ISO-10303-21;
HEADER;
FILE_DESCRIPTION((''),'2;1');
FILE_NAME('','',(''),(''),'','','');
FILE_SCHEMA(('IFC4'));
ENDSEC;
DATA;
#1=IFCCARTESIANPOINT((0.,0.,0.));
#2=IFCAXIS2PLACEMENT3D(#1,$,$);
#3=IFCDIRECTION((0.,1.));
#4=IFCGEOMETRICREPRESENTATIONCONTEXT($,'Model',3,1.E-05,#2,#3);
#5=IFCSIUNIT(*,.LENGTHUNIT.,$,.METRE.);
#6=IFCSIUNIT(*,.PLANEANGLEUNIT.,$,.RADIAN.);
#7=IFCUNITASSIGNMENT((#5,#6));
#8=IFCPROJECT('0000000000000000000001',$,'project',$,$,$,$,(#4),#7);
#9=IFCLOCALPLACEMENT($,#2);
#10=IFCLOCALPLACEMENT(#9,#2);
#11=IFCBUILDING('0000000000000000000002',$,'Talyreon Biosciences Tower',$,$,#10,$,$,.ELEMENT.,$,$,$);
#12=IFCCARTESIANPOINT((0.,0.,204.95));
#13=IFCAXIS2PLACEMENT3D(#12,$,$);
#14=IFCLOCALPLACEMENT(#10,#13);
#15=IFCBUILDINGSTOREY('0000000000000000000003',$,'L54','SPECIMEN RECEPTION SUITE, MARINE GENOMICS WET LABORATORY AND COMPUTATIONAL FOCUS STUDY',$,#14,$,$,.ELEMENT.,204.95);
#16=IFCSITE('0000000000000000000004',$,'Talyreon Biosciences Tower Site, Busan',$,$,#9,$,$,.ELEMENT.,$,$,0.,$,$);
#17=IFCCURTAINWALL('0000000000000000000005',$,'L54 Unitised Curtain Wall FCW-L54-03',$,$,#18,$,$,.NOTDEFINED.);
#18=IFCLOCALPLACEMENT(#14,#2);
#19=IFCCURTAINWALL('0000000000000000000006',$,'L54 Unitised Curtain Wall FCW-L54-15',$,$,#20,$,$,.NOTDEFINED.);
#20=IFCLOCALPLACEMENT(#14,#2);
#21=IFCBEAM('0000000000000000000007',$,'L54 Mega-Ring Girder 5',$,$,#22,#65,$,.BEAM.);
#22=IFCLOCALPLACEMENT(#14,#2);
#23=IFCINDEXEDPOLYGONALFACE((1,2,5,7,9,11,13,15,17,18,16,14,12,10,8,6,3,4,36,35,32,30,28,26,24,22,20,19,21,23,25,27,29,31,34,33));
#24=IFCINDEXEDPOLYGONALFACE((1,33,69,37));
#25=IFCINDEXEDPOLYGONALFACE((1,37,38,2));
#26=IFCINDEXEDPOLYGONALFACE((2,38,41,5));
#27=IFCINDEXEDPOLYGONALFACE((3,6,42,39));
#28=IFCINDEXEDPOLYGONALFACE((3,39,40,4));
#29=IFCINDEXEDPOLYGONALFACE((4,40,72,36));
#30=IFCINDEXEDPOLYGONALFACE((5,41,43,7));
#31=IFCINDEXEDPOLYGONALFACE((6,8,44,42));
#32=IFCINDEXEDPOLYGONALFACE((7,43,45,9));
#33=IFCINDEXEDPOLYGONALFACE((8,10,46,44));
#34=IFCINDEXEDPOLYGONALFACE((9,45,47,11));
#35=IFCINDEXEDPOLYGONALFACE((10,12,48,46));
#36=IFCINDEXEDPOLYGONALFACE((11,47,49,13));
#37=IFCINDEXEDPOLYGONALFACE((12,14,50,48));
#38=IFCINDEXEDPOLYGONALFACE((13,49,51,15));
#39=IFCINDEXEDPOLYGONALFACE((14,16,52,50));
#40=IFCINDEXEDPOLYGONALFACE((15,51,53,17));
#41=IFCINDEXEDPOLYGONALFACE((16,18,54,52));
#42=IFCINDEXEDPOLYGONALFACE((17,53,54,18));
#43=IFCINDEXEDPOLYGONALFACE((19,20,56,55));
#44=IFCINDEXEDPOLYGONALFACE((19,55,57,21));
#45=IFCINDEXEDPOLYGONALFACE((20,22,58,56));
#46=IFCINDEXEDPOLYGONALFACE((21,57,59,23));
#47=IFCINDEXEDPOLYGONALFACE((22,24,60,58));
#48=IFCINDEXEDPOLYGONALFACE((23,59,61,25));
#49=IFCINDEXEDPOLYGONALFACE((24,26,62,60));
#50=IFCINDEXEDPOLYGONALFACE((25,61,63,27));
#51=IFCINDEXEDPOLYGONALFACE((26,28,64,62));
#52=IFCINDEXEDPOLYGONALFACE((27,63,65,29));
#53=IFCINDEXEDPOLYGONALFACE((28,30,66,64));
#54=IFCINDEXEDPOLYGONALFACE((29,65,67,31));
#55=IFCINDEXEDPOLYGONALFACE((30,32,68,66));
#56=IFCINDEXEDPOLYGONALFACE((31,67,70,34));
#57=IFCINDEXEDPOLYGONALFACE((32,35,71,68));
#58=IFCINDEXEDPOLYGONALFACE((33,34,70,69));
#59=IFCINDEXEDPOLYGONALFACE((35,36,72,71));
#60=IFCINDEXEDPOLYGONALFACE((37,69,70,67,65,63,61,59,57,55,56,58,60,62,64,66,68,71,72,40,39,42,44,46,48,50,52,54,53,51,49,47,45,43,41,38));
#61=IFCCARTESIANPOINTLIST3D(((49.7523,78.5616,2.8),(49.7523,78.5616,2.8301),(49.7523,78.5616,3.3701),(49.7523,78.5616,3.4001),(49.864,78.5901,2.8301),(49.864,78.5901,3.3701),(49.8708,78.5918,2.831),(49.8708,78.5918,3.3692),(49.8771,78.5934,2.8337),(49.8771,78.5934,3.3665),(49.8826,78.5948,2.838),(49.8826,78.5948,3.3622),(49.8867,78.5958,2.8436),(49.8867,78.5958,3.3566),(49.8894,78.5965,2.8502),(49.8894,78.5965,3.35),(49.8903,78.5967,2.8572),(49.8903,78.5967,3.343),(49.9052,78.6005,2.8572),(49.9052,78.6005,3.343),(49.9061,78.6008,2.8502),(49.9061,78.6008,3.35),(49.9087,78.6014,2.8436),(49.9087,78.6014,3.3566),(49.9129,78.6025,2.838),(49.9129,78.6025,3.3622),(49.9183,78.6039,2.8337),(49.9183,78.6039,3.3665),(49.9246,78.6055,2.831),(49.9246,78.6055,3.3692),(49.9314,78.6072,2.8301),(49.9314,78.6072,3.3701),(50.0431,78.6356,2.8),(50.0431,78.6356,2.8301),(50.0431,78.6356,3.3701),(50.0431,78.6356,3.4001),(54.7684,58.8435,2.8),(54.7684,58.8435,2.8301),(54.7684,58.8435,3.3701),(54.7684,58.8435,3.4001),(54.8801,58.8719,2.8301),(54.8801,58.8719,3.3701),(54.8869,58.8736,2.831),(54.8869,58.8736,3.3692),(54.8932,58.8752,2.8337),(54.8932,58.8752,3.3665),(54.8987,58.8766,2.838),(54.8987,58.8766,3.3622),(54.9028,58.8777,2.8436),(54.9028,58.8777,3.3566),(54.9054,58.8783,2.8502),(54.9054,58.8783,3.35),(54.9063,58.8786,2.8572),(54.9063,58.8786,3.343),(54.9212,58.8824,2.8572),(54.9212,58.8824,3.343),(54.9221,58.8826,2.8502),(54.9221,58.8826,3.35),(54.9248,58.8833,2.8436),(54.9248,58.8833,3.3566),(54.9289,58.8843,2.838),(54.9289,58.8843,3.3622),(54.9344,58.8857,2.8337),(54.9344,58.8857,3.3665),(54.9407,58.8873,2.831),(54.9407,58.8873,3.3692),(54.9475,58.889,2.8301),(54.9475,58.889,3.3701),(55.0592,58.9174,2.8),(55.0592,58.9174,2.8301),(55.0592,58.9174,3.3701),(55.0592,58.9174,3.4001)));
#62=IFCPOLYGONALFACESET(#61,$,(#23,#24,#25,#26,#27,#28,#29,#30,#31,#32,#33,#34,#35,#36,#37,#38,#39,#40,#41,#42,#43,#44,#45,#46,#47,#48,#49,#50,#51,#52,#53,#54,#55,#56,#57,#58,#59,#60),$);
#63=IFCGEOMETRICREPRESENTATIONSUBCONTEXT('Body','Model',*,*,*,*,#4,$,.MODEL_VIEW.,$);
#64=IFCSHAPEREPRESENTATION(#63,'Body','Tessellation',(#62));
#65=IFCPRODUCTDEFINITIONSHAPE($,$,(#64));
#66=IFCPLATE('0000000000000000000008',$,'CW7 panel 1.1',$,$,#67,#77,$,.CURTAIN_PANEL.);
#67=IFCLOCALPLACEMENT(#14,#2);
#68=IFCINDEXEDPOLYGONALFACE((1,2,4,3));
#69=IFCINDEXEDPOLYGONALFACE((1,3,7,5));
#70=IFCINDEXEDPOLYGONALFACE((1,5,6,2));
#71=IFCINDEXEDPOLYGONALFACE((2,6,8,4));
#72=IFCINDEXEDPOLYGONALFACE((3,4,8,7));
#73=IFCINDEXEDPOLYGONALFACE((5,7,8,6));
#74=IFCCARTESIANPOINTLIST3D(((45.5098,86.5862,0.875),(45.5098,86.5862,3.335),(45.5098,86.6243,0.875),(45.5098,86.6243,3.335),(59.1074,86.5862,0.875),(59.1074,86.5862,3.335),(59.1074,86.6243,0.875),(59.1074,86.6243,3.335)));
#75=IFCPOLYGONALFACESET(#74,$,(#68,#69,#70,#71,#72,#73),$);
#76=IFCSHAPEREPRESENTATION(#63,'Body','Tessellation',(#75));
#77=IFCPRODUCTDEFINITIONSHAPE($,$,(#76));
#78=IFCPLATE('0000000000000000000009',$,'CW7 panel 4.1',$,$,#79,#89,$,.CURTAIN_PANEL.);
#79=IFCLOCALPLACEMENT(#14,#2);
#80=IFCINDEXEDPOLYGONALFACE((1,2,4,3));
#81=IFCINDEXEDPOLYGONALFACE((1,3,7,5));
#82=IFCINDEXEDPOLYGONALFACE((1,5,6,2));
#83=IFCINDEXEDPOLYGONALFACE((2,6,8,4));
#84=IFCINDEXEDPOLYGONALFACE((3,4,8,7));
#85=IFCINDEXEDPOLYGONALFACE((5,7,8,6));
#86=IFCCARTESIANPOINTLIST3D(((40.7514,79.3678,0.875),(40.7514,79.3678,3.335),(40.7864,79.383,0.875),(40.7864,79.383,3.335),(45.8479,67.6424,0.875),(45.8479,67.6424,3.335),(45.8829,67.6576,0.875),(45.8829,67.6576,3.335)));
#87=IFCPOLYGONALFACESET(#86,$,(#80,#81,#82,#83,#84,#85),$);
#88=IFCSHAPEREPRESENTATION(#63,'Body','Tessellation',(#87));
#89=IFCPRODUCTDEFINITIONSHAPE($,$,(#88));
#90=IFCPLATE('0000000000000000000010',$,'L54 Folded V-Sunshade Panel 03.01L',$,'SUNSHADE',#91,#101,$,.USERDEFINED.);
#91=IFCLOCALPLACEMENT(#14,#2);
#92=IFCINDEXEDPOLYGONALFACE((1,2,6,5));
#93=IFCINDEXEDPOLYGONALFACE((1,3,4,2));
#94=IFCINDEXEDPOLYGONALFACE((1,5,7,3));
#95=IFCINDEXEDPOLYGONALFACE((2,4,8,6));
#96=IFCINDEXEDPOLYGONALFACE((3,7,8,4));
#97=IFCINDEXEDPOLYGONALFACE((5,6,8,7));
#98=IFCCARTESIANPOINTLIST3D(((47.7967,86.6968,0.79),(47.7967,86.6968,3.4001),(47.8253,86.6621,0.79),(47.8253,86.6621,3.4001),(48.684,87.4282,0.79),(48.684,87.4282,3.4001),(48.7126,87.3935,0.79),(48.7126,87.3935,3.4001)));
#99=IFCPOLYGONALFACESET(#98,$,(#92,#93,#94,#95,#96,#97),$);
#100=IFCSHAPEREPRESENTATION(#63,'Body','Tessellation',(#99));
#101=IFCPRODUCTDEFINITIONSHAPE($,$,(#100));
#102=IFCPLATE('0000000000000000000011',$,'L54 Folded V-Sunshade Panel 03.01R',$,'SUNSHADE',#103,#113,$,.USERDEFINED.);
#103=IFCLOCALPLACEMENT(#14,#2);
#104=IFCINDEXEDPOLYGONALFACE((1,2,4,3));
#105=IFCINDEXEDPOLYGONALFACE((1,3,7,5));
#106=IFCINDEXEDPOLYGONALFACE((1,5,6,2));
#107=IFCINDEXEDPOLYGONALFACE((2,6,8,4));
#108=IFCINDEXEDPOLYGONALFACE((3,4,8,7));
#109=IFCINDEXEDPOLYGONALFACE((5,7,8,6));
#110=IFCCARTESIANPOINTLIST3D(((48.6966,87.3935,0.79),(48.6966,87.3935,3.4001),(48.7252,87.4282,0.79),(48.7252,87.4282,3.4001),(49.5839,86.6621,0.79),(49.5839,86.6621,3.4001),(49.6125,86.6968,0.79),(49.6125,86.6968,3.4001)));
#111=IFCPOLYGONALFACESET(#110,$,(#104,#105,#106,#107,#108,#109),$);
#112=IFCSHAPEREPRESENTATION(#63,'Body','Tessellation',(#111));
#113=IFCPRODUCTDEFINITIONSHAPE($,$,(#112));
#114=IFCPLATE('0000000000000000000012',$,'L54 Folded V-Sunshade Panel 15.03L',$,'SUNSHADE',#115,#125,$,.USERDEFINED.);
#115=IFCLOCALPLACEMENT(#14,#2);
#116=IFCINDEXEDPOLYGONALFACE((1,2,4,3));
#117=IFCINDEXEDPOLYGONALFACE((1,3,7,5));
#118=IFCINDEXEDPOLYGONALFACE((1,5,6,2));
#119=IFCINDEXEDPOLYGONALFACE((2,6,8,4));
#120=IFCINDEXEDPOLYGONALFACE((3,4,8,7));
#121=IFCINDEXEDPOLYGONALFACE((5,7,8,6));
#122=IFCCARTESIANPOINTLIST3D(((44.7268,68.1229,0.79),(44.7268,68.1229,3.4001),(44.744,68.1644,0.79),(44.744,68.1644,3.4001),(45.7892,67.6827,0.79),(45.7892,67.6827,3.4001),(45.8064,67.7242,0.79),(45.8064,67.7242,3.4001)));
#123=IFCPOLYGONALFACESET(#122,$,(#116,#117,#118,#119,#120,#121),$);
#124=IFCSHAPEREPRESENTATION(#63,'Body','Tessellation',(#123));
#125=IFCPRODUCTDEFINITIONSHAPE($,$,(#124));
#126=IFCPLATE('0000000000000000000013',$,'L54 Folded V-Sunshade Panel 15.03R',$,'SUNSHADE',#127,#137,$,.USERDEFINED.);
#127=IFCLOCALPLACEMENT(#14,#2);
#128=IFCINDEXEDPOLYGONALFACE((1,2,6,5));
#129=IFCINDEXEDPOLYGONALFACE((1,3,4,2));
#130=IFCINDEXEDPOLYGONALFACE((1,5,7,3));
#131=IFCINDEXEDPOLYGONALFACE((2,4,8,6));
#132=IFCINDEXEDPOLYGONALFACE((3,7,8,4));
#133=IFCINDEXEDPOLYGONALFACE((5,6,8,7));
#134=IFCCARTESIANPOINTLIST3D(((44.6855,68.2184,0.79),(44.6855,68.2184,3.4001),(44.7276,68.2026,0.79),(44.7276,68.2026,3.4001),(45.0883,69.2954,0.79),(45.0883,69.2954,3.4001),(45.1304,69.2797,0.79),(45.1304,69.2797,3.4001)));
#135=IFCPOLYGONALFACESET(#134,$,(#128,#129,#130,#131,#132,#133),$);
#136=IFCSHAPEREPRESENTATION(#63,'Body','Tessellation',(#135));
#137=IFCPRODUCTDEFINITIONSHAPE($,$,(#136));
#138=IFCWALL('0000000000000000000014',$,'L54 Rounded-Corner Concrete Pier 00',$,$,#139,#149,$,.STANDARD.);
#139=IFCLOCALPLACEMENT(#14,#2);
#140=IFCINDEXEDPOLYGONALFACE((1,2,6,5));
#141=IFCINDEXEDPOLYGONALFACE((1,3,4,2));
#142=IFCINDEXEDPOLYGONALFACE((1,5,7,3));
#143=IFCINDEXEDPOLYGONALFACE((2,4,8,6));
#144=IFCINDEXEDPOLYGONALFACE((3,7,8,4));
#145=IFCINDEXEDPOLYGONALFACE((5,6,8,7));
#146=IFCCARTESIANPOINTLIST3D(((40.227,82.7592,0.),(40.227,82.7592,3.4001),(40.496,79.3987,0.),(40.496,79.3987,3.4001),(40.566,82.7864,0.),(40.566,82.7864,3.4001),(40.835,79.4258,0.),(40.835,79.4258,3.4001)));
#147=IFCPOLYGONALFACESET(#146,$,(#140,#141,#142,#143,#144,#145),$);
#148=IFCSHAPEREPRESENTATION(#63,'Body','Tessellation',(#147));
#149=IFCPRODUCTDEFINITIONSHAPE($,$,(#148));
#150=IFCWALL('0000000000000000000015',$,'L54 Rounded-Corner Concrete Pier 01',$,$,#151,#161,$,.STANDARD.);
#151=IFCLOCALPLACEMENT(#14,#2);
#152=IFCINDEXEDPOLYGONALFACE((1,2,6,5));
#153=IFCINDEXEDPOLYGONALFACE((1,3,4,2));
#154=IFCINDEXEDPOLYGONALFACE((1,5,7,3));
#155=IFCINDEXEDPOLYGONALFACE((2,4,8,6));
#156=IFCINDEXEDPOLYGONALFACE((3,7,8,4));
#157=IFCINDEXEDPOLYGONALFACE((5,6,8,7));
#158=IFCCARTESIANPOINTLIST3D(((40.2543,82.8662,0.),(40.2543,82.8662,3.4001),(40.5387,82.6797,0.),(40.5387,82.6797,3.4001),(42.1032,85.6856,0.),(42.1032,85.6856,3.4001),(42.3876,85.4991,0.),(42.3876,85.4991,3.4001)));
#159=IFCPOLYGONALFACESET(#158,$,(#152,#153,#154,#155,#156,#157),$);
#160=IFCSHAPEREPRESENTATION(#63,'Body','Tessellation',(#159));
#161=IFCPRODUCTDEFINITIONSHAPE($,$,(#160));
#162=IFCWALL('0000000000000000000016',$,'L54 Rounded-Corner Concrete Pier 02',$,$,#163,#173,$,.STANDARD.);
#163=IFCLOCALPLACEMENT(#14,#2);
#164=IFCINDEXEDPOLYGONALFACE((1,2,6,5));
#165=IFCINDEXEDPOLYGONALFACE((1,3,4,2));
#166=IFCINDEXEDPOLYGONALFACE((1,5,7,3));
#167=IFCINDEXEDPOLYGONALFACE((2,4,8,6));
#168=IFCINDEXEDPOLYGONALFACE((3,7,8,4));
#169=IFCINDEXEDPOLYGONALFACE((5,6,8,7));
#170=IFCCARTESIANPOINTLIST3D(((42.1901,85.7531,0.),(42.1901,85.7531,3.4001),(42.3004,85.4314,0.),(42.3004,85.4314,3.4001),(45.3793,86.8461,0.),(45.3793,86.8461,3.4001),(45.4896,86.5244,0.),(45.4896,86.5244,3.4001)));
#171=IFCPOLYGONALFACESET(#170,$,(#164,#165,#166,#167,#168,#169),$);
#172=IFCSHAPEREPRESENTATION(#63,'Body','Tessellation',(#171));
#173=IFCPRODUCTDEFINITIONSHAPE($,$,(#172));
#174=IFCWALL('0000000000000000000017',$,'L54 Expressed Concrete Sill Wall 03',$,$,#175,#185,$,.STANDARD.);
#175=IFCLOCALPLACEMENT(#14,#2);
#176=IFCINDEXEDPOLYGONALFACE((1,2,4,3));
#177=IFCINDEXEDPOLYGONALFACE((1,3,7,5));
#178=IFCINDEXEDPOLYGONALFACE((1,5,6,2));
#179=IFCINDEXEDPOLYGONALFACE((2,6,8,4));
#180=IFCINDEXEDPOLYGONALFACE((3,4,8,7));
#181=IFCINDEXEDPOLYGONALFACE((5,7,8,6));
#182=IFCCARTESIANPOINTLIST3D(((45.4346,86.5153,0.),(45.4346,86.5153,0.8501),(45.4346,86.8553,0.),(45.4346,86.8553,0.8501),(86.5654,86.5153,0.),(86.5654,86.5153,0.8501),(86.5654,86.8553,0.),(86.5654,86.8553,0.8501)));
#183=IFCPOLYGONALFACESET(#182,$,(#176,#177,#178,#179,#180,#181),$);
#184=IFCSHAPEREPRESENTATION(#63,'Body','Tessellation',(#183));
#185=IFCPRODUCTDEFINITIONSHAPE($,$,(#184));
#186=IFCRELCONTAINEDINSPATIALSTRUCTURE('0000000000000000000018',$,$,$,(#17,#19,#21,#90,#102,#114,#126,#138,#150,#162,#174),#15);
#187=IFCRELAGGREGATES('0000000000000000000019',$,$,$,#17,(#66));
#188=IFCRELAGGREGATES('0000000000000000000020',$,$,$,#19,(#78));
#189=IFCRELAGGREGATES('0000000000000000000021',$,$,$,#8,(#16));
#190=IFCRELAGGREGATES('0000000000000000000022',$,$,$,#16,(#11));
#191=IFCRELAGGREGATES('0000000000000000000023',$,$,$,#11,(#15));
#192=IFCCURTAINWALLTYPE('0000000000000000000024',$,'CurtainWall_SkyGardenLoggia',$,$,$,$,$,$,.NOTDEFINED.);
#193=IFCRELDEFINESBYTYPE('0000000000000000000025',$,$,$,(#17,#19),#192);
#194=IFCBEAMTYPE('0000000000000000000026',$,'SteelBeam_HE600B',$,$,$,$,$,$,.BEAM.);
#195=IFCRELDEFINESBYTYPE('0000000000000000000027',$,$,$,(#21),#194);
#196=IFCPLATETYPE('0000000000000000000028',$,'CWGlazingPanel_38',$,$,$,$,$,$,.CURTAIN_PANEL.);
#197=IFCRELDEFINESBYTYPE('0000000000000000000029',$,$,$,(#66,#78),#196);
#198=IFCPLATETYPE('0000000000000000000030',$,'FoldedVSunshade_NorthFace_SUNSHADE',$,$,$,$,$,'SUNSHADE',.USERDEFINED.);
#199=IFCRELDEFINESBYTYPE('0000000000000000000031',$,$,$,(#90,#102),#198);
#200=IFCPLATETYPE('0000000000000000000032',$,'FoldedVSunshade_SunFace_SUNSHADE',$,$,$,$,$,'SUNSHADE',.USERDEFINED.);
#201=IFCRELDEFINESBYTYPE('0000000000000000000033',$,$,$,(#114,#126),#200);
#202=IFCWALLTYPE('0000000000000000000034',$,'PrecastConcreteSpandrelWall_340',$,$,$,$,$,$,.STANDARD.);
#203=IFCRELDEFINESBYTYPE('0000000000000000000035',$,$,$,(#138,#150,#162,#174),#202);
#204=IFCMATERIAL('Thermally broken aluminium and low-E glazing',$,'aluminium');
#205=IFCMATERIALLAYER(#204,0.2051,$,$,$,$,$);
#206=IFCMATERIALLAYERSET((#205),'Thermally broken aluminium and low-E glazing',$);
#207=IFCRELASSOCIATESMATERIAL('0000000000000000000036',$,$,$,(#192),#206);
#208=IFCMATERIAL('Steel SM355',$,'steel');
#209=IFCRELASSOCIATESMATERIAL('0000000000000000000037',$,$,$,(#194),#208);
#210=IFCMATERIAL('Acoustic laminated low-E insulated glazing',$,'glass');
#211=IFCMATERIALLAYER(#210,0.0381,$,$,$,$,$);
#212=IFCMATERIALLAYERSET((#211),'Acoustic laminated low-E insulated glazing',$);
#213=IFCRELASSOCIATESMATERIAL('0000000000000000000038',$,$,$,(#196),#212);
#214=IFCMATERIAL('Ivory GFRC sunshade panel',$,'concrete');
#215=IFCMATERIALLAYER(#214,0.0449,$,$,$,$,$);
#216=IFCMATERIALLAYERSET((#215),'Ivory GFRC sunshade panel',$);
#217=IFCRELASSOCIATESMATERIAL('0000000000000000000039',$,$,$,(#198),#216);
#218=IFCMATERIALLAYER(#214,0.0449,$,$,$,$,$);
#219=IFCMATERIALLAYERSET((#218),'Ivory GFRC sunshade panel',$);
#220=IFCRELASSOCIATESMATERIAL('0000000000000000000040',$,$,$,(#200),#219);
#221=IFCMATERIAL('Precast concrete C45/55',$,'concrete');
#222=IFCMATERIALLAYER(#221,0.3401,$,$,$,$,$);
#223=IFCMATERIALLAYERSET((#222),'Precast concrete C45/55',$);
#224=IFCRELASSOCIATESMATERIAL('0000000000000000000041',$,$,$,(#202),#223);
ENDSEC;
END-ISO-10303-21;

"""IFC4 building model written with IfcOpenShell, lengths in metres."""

from ifc_helpers import new_model, si_unit, direction, frame, frame_2d, origin, origin_2d, place, context, subcontext, project, spatial, rectangle, i_section, extrude, material, layer, layer_set, material_profile, profile_set, type_object, element, aggregate, save


model = new_model("IFC4")

# Units and contexts
model_context = context("Model", 3, precision=1e-05, world=origin(), true_north=direction((0.0, 1.0)))
body_context = subcontext(model_context, "Body", "Model", "MODEL_VIEW")
ifc_project = project(units=[si_unit("LENGTHUNIT", "METRE"), si_unit("PLANEANGLEUNIT", "RADIAN")], contexts=[model_context])

# Site, building, storey
site_placement = place(None, origin())
site = spatial("IfcSite", under=ifc_project, at=site_placement, Name="Talyreon Biosciences Tower Site, Busan", CompositionType="ELEMENT", RefElevation=0.0)
building_placement = place(site_placement, origin())
building = spatial("IfcBuilding", under=site, at=building_placement, Name="Talyreon Biosciences Tower", CompositionType="ELEMENT")
storey_placement = place(building_placement, frame((0.0, 0.0, 204.95)))
storey = spatial("IfcBuildingStorey", under=building, at=storey_placement, Name="L54", Description="SPECIMEN RECEPTION SUITE, MARINE GENOMICS WET LABORATORY AND COMPUTATIONAL FOCUS STUDY", CompositionType="ELEMENT", Elevation=204.95)

# Curtain wall
ifc_material_1 = material(Name="Thermally broken aluminium and low-E glazing", Category="aluminium")
ifc_layer_1 = layer(ifc_material_1, 0.2051)
ifc_layer_set_1 = layer_set([ifc_layer_1], Name="Thermally broken aluminium and low-E glazing")
curtain_wall_type = type_object("IfcCurtainWallType", Name="CurtainWall_SkyGardenLoggia", PredefinedType="NOTDEFINED", material=ifc_layer_set_1)
curtain_wall_1_placement = place(storey_placement, origin())
curtain_wall_1 = element("IfcCurtainWall", 1, at=curtain_wall_1_placement, inside=storey, type_object=curtain_wall_type, Name="L54 Unitised Curtain Wall FCW-L54-03", PredefinedType="NOTDEFINED")

# Curtain wall
curtain_wall_2_placement = place(storey_placement, origin())
curtain_wall_2 = element("IfcCurtainWall", 2, at=curtain_wall_2_placement, inside=storey, type_object=curtain_wall_type, Name="L54 Unitised Curtain Wall FCW-L54-15", PredefinedType="NOTDEFINED")

# Beam
ifc_material_2 = material(Name="Precast concrete C45/55", Category="concrete")
ifc_material_3 = material(Name="Steel SM355", Category="steel")
ifc_material_profile_1 = material_profile(ifc_material_3, i_section(OverallWidth=0.3, OverallDepth=0.6001, WebThickness=0.0154, FlangeThickness=0.03, FilletRadius=0.0271, at=origin_2d()), Name="HE600B")
ifc_profile_set_1 = profile_set([ifc_material_profile_1], Name="Steel SM355")
beam_type_1 = type_object("IfcBeamType", Name="SteelBeam_HE600B", PredefinedType="BEAM", material=ifc_profile_set_1)
beam_1_placement = place(storey_placement, frame((49.8977, 78.5986, 3.1001), z_axis=(0.246537, -0.969133, 0.0), x_axis=(0.969133, 0.246537, 0.0)))
element("IfcBeam", 3, at=beam_1_placement, inside=storey, type_object=beam_type_1, Name="L54 Mega-Ring Girder 5", PredefinedType="BEAM", context=body_context, shape_type="SweptSolid", body=[
    extrude(i_section(OverallWidth=0.3, OverallDepth=0.6001, WebThickness=0.0154, FlangeThickness=0.03, FilletRadius=0.0271, at=origin_2d()), origin(), (0.0, 0.0, 1.0), 20.3462),
])

# Plates
ifc_material_4 = material(Name="Acoustic laminated low-E insulated glazing", Category="glass")
ifc_layer_2 = layer(ifc_material_4, 0.0381)
ifc_layer_set_2 = layer_set([ifc_layer_2], Name="Acoustic laminated low-E insulated glazing")
plate_type_1 = type_object("IfcPlateType", Name="CWGlazingPanel_38", PredefinedType="CURTAIN_PANEL", material=ifc_layer_set_2)
plate_1_placement = place(storey_placement, frame((52.3086, 86.6052, 0.875), z_axis=(0.0, 0.0, 1.0), x_axis=(1.0, 0.0, 0.0)))
plate_1 = element("IfcPlate", 4, at=plate_1_placement, type_object=plate_type_1, Name="CW7 panel 1.1", PredefinedType="CURTAIN_PANEL", context=body_context, shape_type="SweptSolid", body=[
    extrude(rectangle(XDim=13.5977, YDim=0.0381, at=origin_2d()), origin(), (0.0, 0.0, 1.0), 2.46),
])
aggregate(curtain_wall_1, [plate_1])
plate_2_placement = place(storey_placement, frame((43.3171, 73.5127, 0.875), z_axis=(0.0, 0.0, 1.0), x_axis=(-0.398626, 0.917113, 0.0)))
plate_2 = element("IfcPlate", 5, at=plate_2_placement, type_object=plate_type_1, Name="CW7 panel 4.1", PredefinedType="CURTAIN_PANEL", context=body_context, shape_type="SweptSolid", body=[
    extrude(rectangle(XDim=12.7852, YDim=0.0381, at=origin_2d()), origin(), (0.0, 0.0, 1.0), 2.46),
])
aggregate(curtain_wall_2, [plate_2])

# Plates
ifc_material_5 = material(Name="Ivory GFRC sunshade panel", Category="concrete")
ifc_layer_3 = layer(ifc_material_5, 0.0449)
ifc_layer_set_3 = layer_set([ifc_layer_3], Name="Ivory GFRC sunshade panel")
plate_type_2 = type_object("IfcPlateType", Name="FoldedVSunshade_NorthFace_SUNSHADE", ElementType="SUNSHADE", PredefinedType="USERDEFINED", material=ifc_layer_set_3)
for number, where, z_axis, x_axis, name in (
    (6, (48.2546, 87.0452, 0.79), (0.0, 0.0, 1.0), (0.771625, 0.636078, 0.0), "L54 Folded V-Sunshade Panel 03.01L"),
    (7, (49.1545, 87.0452, 0.79), (0.0, 0.0, 1.0), (0.771625, -0.636078, 0.0), "L54 Folded V-Sunshade Panel 03.01R"),
):
    element("IfcPlate", number, at=place(storey_placement, frame(where, z_axis=z_axis, x_axis=x_axis)), inside=storey, type_object=plate_type_2, Name=name, ObjectType="SUNSHADE", PredefinedType="USERDEFINED", context=body_context, shape_type="SweptSolid", body=[
        extrude(rectangle(XDim=1.1499, YDim=0.0449, at=origin_2d()), origin(), (0.0, 0.0, 1.0), 2.6101),
    ])
ifc_layer_4 = layer(ifc_material_5, 0.0449)
ifc_layer_set_4 = layer_set([ifc_layer_4], Name="Ivory GFRC sunshade panel")
plate_type_3 = type_object("IfcPlateType", Name="FoldedVSunshade_SunFace_SUNSHADE", ElementType="SUNSHADE", PredefinedType="USERDEFINED", material=ifc_layer_set_4)
for number, where, z_axis, x_axis, name in (
    (8, (45.2666, 67.9236, 0.79), (0.0, 0.0, 1.0), (-0.923826, 0.382812, 0.0), "L54 Folded V-Sunshade Panel 15.03L"),
    (9, (44.908, 68.749, 0.79), (0.0, 0.0, 1.0), (0.350338, 0.936623, 0.0), "L54 Folded V-Sunshade Panel 15.03R"),
):
    element("IfcPlate", number, at=place(storey_placement, frame(where, z_axis=z_axis, x_axis=x_axis)), inside=storey, type_object=plate_type_3, Name=name, ObjectType="SUNSHADE", PredefinedType="USERDEFINED", context=body_context, shape_type="SweptSolid", body=[
        extrude(rectangle(XDim=1.1499, YDim=0.0449, at=origin_2d()), origin(), (0.0, 0.0, 1.0), 2.6101),
    ])

# Walls
ifc_layer_5 = layer(ifc_material_2, 0.3401)
ifc_layer_set_5 = layer_set([ifc_layer_5], Name="Precast concrete C45/55")
wall_type = type_object("IfcWallType", Name="PrecastConcreteSpandrelWall_340", PredefinedType="STANDARD", material=ifc_layer_set_5)
wall_1_placement = place(storey_placement, frame((40.6655, 79.4124, 0.0), z_axis=(0.0, 0.0, 1.0), x_axis=(-0.079803, 0.996811, 0.0)))
element("IfcWall", 10, at=wall_1_placement, inside=storey, type_object=wall_type, Name="L54 Rounded-Corner Concrete Pier 00", PredefinedType="STANDARD", context=body_context, shape_type="SweptSolid", body=[
    extrude(rectangle(XDim=3.3713, YDim=0.3401, at=frame_2d((1.6855, 0.0))), origin(), (0.0, 0.0, 1.0), 3.4001),
])
wall_2_placement = place(storey_placement, frame((40.3965, 82.7729, 0.0), z_axis=(0.0, 0.0, 1.0), x_axis=(0.548384, 0.836226, 0.0)))
element("IfcWall", 11, at=wall_2_placement, inside=storey, type_object=wall_type, Name="L54 Rounded-Corner Concrete Pier 01", PredefinedType="STANDARD", context=body_context, shape_type="SweptSolid", body=[
    extrude(rectangle(XDim=3.3716, YDim=0.3401, at=frame_2d((1.6858, 0.0))), origin(), (0.0, 0.0, 1.0), 3.4001),
])
wall_3_placement = place(storey_placement, frame((42.2454, 85.5923, 0.0), z_axis=(0.0, 0.0, 1.0), x_axis=(0.945985, 0.324211, 0.0)))
element("IfcWall", 12, at=wall_3_placement, inside=storey, type_object=wall_type, Name="L54 Rounded-Corner Concrete Pier 02", PredefinedType="STANDARD", context=body_context, shape_type="SweptSolid", body=[
    extrude(rectangle(XDim=3.3713, YDim=0.3401, at=frame_2d((1.6855, 0.0))), origin(), (0.0, 0.0, 1.0), 3.4001),
])
wall_4_placement = place(storey_placement, frame((45.4346, 86.6853, 0.0), z_axis=(0.0, 0.0, 1.0), x_axis=(1.0, 0.0, 0.0)))
element("IfcWall", 13, at=wall_4_placement, inside=storey, type_object=wall_type, Name="L54 Expressed Concrete Sill Wall 03", PredefinedType="STANDARD", context=body_context, shape_type="SweptSolid", body=[
    extrude(rectangle(XDim=41.1309, YDim=0.3401, at=frame_2d((20.5654, 0.0))), origin(), (0.0, 0.0, 1.0), 0.8501),
])

save(model, "model.ifc")
